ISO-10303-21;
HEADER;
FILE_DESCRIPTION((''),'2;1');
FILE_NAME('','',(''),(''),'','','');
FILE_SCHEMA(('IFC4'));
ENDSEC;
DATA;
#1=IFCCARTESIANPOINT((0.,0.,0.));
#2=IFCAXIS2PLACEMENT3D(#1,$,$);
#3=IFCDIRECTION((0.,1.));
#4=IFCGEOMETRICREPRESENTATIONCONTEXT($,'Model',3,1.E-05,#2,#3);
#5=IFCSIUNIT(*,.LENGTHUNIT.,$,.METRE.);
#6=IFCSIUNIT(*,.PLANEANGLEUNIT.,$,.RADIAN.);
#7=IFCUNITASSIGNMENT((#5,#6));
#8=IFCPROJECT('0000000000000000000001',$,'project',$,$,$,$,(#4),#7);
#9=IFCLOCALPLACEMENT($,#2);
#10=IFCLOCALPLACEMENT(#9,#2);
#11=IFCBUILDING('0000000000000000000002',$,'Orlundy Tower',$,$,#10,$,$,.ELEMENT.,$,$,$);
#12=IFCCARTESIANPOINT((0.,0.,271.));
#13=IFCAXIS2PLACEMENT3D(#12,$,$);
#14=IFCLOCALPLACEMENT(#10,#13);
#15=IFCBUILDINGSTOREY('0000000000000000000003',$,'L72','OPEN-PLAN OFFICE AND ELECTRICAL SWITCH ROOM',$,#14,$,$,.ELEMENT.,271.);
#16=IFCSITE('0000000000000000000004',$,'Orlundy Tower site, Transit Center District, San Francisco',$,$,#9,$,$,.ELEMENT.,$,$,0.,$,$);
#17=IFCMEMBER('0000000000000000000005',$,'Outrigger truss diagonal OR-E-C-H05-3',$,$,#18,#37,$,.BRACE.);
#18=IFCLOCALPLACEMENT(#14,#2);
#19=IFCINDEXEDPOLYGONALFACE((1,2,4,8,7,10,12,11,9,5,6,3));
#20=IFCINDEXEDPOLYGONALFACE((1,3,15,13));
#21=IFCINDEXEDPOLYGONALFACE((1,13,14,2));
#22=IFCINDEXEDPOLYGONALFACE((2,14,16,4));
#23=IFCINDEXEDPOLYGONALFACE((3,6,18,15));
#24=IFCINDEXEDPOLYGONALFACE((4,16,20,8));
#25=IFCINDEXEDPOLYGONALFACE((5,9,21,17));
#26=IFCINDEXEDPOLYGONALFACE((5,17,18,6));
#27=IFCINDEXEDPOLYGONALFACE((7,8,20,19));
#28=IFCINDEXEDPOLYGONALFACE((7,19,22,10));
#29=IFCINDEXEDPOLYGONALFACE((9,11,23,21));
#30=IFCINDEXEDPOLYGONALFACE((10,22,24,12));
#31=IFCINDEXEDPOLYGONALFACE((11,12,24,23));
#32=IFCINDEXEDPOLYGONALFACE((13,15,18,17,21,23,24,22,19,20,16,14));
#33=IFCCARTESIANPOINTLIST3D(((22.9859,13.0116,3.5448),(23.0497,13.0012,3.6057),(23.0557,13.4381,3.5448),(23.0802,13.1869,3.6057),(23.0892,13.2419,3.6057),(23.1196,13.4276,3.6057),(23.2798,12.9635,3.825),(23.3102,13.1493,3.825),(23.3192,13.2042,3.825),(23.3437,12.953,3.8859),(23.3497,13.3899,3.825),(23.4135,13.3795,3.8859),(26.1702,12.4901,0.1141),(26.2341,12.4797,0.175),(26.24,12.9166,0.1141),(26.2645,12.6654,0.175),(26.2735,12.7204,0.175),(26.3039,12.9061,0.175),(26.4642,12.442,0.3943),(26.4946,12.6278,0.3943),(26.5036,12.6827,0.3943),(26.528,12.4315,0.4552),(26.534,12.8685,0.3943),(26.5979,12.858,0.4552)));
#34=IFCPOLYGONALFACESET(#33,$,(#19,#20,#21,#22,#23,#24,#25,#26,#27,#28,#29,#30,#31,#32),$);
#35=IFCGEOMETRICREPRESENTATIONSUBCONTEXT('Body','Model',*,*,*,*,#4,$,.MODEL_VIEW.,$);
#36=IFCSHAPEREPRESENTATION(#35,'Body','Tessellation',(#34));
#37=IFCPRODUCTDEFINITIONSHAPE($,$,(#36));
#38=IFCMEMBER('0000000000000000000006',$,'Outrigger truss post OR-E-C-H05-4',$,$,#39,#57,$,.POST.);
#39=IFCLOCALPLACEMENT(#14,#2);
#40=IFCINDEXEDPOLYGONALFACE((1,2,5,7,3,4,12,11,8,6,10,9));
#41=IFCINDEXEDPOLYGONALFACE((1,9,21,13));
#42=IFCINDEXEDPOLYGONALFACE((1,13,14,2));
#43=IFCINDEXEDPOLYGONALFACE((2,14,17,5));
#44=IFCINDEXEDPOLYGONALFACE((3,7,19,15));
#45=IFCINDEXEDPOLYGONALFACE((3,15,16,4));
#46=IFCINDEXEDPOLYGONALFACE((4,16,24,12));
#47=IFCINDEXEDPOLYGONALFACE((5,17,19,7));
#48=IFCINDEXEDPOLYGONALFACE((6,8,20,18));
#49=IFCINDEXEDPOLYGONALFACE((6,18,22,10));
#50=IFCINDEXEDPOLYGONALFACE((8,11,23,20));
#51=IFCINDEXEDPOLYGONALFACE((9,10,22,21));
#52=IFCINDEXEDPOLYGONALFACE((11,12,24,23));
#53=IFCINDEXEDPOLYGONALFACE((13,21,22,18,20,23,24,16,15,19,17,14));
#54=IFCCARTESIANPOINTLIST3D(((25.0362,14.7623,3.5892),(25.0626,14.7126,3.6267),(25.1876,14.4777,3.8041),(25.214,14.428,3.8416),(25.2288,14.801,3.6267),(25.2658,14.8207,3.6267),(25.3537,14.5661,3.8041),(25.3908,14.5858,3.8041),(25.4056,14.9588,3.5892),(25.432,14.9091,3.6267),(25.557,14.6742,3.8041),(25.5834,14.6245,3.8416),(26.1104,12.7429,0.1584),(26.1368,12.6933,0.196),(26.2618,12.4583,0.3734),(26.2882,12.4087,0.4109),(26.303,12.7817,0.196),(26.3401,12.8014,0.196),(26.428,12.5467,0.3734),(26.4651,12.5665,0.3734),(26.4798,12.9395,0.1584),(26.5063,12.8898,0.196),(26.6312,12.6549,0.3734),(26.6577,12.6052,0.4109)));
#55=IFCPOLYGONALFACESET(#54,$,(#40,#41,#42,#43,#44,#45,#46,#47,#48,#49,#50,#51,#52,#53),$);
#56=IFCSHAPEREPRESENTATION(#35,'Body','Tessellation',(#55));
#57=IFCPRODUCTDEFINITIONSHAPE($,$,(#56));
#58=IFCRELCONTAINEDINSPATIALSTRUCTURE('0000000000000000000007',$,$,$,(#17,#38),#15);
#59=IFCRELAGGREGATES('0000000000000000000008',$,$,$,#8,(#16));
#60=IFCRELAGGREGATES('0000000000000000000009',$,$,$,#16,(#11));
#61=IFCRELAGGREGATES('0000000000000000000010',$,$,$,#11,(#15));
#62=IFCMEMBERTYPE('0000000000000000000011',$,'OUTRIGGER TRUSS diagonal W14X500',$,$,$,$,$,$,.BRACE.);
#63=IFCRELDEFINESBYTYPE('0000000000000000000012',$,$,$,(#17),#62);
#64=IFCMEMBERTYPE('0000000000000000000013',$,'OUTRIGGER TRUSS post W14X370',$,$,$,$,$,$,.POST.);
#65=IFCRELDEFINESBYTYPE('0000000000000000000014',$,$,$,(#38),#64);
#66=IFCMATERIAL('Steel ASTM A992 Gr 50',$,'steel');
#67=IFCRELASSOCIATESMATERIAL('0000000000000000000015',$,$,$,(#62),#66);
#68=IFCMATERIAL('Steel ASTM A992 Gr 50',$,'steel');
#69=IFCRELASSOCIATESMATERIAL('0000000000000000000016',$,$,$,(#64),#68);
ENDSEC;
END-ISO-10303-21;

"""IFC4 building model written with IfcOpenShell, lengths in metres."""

from ifc_helpers import new_model, si_unit, direction, frame, origin, origin_2d, place, context, subcontext, project, spatial, i_section, extrude, material, material_profile, profile_set, type_object, element, save


model = new_model("IFC4")

# Units and contexts
model_context = context("Model", 3, precision=1e-05, world=origin(), true_north=direction((0.0, 1.0)))
body_context = subcontext(model_context, "Body", "Model", "MODEL_VIEW")
ifc_project = project(units=[si_unit("LENGTHUNIT", "METRE"), si_unit("PLANEANGLEUNIT", "RADIAN")], contexts=[model_context])

# Site, building, storey
site_placement = place(None, origin())
site = spatial("IfcSite", under=ifc_project, at=site_placement, Name="Orlundy Tower site, Transit Center District, San Francisco", CompositionType="ELEMENT", RefElevation=0.0)
building_placement = place(site_placement, origin())
building = spatial("IfcBuilding", under=site, at=building_placement, Name="Orlundy Tower", CompositionType="ELEMENT")
storey_placement = place(building_placement, frame((0.0, 0.0, 271.0)))
storey = spatial("IfcBuildingStorey", under=building, at=storey_placement, Name="L72", Description="OPEN-PLAN OFFICE AND ELECTRICAL SWITCH ROOM", CompositionType="ELEMENT", Elevation=271.0)

# Members
ifc_material_1 = material(Name="Steel ASTM A992 Gr 50", Category="steel")
ifc_material_profile_1 = material_profile(ifc_material_1, i_section(OverallWidth=0.4321, OverallDepth=0.4978, WebThickness=0.0557, FlangeThickness=0.0889, at=origin_2d()), Name="W14X500")
ifc_profile_set_1 = profile_set([ifc_material_profile_1], Name="Steel ASTM A992 Gr 50")
member_type_1 = type_object("IfcMemberType", Name="OUTRIGGER TRUSS diagonal W14X500", PredefinedType="BRACE", material=ifc_profile_set_1)
member_1_placement = place(storey_placement, frame((23.1997, 13.1956, 3.7153), z_axis=(0.67612, -0.110725, -0.728424), x_axis=(0.161613, 0.986854, 0.0)))
element("IfcMember", 1, at=member_1_placement, inside=storey, type_object=member_type_1, Name="Outrigger truss diagonal OR-E-C-H05-3", PredefinedType="BRACE", context=body_context, shape_type="SweptSolid", body=[
    extrude(i_section(OverallWidth=0.4321, OverallDepth=0.4978, WebThickness=0.0557, FlangeThickness=0.0889, at=origin_2d()), origin(), (0.0, 0.0, 1.0), 4.7097),
])
ifc_material_2 = material(Name="Steel ASTM A992 Gr 50", Category="steel")
ifc_material_profile_2 = material_profile(ifc_material_2, i_section(OverallWidth=0.4185, OverallDepth=0.4551, WebThickness=0.042, FlangeThickness=0.0676, at=origin_2d()), Name="W14X370")
ifc_profile_set_2 = profile_set([ifc_material_profile_2], Name="Steel ASTM A992 Gr 50")
member_type_2 = type_object("IfcMemberType", Name="OUTRIGGER TRUSS post W14X370", PredefinedType="POST", material=ifc_profile_set_2)
member_2_placement = place(storey_placement, frame((26.384, 12.6741, 0.2847), z_axis=(-0.260529, 0.489736, 0.832036), x_axis=(-0.882849, -0.469657, 0.0)))
element("IfcMember", 2, at=member_2_placement, inside=storey, type_object=member_type_2, Name="Outrigger truss post OR-E-C-H05-4", PredefinedType="POST", context=body_context, shape_type="SweptSolid", body=[
    extrude(i_section(OverallWidth=0.4185, OverallDepth=0.4551, WebThickness=0.042, FlangeThickness=0.0676, at=origin_2d()), origin(), (0.0, 0.0, 1.0), 4.1233),
])

save(model, "model.ifc")
